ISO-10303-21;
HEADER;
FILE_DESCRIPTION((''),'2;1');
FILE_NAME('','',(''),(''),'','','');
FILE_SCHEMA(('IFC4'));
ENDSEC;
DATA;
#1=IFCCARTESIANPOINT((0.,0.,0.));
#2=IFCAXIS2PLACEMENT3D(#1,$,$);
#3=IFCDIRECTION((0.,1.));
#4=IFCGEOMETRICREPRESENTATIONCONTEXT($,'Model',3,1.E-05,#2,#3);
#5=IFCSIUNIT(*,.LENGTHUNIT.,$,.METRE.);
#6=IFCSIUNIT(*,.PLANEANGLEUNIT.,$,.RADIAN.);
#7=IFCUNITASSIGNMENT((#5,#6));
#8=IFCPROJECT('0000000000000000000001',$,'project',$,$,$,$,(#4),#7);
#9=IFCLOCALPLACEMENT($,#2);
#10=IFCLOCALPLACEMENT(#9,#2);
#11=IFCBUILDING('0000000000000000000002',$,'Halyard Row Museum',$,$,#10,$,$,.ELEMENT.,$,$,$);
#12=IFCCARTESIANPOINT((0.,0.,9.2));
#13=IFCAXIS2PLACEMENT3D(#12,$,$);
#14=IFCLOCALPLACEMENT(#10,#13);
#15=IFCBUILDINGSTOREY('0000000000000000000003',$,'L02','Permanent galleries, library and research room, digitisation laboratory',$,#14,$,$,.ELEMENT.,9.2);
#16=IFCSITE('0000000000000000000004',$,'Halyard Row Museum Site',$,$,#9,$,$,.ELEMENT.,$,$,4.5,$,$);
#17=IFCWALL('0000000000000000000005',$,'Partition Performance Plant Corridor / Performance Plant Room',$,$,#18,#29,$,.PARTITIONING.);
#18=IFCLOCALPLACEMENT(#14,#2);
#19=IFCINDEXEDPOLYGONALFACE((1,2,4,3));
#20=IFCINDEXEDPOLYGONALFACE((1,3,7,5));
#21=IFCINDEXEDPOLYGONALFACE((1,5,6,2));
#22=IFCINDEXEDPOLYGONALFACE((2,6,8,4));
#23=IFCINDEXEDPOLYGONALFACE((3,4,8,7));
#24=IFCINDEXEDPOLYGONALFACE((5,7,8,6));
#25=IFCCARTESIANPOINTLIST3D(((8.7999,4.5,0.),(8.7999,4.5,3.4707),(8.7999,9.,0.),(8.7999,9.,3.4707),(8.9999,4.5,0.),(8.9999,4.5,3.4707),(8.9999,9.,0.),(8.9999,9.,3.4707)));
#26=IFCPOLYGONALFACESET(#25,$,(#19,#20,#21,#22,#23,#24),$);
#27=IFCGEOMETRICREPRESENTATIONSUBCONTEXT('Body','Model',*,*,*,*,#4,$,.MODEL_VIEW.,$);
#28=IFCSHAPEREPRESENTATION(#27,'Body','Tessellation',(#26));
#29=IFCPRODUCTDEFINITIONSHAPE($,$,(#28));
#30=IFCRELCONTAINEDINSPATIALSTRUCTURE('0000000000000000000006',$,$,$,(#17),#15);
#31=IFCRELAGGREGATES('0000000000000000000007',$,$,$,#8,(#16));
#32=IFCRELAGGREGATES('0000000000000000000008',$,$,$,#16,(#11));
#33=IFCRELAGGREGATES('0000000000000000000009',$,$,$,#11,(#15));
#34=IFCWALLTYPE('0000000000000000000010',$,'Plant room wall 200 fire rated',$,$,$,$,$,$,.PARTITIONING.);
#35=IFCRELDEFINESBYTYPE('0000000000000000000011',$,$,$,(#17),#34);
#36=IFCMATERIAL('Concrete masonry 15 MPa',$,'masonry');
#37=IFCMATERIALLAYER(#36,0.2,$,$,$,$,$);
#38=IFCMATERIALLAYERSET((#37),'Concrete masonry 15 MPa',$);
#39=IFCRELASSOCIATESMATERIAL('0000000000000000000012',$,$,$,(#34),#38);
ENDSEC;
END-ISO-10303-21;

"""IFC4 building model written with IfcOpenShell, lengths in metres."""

from ifc_helpers import new_model, si_unit, direction, frame, frame_2d, origin, place, context, subcontext, project, spatial, rectangle, extrude, material, layer, layer_set, type_object, element, save


model = new_model("IFC4")

# Units and contexts
model_context = context("Model", 3, precision=1e-05, world=origin(), true_north=direction((0.0, 1.0)))
body_context = subcontext(model_context, "Body", "Model", "MODEL_VIEW")
ifc_project = project(units=[si_unit("LENGTHUNIT", "METRE"), si_unit("PLANEANGLEUNIT", "RADIAN")], contexts=[model_context])

# Site, building, storey
site_placement = place(None, origin())
site = spatial("IfcSite", under=ifc_project, at=site_placement, Name="Halyard Row Museum Site", CompositionType="ELEMENT", RefElevation=4.5)
building_placement = place(site_placement, origin())
building = spatial("IfcBuilding", under=site, at=building_placement, Name="Halyard Row Museum", CompositionType="ELEMENT")
storey_placement = place(building_placement, frame((0.0, 0.0, 9.2)))
storey = spatial("IfcBuildingStorey", under=building, at=storey_placement, Name="L02", Description="Permanent galleries, library and research room, digitisation laboratory", CompositionType="ELEMENT", Elevation=9.2)

# Wall
ifc_material_1 = material(Name="Concrete masonry 15 MPa", Category="masonry")
ifc_layer_1 = layer(ifc_material_1, 0.2)
ifc_layer_set_1 = layer_set([ifc_layer_1], Name="Concrete masonry 15 MPa")
wall_type_1 = type_object("IfcWallType", Name="Plant room wall 200 fire rated", PredefinedType="PARTITIONING", material=ifc_layer_set_1)
wall_1_placement = place(storey_placement, frame((8.8999, 4.5, 0.0), z_axis=(0.0, 0.0, 1.0), x_axis=(0.0, 1.0, 0.0)))
element("IfcWall", 1, at=wall_1_placement, inside=storey, type_object=wall_type_1, Name="Partition Performance Plant Corridor / Performance Plant Room", PredefinedType="PARTITIONING", context=body_context, shape_type="SweptSolid", body=[
    extrude(rectangle(XDim=4.5, YDim=0.2, at=frame_2d((2.25, 0.0))), origin(), (0.0, 0.0, 1.0), 3.4707),
])

save(model, "model.ifc")
